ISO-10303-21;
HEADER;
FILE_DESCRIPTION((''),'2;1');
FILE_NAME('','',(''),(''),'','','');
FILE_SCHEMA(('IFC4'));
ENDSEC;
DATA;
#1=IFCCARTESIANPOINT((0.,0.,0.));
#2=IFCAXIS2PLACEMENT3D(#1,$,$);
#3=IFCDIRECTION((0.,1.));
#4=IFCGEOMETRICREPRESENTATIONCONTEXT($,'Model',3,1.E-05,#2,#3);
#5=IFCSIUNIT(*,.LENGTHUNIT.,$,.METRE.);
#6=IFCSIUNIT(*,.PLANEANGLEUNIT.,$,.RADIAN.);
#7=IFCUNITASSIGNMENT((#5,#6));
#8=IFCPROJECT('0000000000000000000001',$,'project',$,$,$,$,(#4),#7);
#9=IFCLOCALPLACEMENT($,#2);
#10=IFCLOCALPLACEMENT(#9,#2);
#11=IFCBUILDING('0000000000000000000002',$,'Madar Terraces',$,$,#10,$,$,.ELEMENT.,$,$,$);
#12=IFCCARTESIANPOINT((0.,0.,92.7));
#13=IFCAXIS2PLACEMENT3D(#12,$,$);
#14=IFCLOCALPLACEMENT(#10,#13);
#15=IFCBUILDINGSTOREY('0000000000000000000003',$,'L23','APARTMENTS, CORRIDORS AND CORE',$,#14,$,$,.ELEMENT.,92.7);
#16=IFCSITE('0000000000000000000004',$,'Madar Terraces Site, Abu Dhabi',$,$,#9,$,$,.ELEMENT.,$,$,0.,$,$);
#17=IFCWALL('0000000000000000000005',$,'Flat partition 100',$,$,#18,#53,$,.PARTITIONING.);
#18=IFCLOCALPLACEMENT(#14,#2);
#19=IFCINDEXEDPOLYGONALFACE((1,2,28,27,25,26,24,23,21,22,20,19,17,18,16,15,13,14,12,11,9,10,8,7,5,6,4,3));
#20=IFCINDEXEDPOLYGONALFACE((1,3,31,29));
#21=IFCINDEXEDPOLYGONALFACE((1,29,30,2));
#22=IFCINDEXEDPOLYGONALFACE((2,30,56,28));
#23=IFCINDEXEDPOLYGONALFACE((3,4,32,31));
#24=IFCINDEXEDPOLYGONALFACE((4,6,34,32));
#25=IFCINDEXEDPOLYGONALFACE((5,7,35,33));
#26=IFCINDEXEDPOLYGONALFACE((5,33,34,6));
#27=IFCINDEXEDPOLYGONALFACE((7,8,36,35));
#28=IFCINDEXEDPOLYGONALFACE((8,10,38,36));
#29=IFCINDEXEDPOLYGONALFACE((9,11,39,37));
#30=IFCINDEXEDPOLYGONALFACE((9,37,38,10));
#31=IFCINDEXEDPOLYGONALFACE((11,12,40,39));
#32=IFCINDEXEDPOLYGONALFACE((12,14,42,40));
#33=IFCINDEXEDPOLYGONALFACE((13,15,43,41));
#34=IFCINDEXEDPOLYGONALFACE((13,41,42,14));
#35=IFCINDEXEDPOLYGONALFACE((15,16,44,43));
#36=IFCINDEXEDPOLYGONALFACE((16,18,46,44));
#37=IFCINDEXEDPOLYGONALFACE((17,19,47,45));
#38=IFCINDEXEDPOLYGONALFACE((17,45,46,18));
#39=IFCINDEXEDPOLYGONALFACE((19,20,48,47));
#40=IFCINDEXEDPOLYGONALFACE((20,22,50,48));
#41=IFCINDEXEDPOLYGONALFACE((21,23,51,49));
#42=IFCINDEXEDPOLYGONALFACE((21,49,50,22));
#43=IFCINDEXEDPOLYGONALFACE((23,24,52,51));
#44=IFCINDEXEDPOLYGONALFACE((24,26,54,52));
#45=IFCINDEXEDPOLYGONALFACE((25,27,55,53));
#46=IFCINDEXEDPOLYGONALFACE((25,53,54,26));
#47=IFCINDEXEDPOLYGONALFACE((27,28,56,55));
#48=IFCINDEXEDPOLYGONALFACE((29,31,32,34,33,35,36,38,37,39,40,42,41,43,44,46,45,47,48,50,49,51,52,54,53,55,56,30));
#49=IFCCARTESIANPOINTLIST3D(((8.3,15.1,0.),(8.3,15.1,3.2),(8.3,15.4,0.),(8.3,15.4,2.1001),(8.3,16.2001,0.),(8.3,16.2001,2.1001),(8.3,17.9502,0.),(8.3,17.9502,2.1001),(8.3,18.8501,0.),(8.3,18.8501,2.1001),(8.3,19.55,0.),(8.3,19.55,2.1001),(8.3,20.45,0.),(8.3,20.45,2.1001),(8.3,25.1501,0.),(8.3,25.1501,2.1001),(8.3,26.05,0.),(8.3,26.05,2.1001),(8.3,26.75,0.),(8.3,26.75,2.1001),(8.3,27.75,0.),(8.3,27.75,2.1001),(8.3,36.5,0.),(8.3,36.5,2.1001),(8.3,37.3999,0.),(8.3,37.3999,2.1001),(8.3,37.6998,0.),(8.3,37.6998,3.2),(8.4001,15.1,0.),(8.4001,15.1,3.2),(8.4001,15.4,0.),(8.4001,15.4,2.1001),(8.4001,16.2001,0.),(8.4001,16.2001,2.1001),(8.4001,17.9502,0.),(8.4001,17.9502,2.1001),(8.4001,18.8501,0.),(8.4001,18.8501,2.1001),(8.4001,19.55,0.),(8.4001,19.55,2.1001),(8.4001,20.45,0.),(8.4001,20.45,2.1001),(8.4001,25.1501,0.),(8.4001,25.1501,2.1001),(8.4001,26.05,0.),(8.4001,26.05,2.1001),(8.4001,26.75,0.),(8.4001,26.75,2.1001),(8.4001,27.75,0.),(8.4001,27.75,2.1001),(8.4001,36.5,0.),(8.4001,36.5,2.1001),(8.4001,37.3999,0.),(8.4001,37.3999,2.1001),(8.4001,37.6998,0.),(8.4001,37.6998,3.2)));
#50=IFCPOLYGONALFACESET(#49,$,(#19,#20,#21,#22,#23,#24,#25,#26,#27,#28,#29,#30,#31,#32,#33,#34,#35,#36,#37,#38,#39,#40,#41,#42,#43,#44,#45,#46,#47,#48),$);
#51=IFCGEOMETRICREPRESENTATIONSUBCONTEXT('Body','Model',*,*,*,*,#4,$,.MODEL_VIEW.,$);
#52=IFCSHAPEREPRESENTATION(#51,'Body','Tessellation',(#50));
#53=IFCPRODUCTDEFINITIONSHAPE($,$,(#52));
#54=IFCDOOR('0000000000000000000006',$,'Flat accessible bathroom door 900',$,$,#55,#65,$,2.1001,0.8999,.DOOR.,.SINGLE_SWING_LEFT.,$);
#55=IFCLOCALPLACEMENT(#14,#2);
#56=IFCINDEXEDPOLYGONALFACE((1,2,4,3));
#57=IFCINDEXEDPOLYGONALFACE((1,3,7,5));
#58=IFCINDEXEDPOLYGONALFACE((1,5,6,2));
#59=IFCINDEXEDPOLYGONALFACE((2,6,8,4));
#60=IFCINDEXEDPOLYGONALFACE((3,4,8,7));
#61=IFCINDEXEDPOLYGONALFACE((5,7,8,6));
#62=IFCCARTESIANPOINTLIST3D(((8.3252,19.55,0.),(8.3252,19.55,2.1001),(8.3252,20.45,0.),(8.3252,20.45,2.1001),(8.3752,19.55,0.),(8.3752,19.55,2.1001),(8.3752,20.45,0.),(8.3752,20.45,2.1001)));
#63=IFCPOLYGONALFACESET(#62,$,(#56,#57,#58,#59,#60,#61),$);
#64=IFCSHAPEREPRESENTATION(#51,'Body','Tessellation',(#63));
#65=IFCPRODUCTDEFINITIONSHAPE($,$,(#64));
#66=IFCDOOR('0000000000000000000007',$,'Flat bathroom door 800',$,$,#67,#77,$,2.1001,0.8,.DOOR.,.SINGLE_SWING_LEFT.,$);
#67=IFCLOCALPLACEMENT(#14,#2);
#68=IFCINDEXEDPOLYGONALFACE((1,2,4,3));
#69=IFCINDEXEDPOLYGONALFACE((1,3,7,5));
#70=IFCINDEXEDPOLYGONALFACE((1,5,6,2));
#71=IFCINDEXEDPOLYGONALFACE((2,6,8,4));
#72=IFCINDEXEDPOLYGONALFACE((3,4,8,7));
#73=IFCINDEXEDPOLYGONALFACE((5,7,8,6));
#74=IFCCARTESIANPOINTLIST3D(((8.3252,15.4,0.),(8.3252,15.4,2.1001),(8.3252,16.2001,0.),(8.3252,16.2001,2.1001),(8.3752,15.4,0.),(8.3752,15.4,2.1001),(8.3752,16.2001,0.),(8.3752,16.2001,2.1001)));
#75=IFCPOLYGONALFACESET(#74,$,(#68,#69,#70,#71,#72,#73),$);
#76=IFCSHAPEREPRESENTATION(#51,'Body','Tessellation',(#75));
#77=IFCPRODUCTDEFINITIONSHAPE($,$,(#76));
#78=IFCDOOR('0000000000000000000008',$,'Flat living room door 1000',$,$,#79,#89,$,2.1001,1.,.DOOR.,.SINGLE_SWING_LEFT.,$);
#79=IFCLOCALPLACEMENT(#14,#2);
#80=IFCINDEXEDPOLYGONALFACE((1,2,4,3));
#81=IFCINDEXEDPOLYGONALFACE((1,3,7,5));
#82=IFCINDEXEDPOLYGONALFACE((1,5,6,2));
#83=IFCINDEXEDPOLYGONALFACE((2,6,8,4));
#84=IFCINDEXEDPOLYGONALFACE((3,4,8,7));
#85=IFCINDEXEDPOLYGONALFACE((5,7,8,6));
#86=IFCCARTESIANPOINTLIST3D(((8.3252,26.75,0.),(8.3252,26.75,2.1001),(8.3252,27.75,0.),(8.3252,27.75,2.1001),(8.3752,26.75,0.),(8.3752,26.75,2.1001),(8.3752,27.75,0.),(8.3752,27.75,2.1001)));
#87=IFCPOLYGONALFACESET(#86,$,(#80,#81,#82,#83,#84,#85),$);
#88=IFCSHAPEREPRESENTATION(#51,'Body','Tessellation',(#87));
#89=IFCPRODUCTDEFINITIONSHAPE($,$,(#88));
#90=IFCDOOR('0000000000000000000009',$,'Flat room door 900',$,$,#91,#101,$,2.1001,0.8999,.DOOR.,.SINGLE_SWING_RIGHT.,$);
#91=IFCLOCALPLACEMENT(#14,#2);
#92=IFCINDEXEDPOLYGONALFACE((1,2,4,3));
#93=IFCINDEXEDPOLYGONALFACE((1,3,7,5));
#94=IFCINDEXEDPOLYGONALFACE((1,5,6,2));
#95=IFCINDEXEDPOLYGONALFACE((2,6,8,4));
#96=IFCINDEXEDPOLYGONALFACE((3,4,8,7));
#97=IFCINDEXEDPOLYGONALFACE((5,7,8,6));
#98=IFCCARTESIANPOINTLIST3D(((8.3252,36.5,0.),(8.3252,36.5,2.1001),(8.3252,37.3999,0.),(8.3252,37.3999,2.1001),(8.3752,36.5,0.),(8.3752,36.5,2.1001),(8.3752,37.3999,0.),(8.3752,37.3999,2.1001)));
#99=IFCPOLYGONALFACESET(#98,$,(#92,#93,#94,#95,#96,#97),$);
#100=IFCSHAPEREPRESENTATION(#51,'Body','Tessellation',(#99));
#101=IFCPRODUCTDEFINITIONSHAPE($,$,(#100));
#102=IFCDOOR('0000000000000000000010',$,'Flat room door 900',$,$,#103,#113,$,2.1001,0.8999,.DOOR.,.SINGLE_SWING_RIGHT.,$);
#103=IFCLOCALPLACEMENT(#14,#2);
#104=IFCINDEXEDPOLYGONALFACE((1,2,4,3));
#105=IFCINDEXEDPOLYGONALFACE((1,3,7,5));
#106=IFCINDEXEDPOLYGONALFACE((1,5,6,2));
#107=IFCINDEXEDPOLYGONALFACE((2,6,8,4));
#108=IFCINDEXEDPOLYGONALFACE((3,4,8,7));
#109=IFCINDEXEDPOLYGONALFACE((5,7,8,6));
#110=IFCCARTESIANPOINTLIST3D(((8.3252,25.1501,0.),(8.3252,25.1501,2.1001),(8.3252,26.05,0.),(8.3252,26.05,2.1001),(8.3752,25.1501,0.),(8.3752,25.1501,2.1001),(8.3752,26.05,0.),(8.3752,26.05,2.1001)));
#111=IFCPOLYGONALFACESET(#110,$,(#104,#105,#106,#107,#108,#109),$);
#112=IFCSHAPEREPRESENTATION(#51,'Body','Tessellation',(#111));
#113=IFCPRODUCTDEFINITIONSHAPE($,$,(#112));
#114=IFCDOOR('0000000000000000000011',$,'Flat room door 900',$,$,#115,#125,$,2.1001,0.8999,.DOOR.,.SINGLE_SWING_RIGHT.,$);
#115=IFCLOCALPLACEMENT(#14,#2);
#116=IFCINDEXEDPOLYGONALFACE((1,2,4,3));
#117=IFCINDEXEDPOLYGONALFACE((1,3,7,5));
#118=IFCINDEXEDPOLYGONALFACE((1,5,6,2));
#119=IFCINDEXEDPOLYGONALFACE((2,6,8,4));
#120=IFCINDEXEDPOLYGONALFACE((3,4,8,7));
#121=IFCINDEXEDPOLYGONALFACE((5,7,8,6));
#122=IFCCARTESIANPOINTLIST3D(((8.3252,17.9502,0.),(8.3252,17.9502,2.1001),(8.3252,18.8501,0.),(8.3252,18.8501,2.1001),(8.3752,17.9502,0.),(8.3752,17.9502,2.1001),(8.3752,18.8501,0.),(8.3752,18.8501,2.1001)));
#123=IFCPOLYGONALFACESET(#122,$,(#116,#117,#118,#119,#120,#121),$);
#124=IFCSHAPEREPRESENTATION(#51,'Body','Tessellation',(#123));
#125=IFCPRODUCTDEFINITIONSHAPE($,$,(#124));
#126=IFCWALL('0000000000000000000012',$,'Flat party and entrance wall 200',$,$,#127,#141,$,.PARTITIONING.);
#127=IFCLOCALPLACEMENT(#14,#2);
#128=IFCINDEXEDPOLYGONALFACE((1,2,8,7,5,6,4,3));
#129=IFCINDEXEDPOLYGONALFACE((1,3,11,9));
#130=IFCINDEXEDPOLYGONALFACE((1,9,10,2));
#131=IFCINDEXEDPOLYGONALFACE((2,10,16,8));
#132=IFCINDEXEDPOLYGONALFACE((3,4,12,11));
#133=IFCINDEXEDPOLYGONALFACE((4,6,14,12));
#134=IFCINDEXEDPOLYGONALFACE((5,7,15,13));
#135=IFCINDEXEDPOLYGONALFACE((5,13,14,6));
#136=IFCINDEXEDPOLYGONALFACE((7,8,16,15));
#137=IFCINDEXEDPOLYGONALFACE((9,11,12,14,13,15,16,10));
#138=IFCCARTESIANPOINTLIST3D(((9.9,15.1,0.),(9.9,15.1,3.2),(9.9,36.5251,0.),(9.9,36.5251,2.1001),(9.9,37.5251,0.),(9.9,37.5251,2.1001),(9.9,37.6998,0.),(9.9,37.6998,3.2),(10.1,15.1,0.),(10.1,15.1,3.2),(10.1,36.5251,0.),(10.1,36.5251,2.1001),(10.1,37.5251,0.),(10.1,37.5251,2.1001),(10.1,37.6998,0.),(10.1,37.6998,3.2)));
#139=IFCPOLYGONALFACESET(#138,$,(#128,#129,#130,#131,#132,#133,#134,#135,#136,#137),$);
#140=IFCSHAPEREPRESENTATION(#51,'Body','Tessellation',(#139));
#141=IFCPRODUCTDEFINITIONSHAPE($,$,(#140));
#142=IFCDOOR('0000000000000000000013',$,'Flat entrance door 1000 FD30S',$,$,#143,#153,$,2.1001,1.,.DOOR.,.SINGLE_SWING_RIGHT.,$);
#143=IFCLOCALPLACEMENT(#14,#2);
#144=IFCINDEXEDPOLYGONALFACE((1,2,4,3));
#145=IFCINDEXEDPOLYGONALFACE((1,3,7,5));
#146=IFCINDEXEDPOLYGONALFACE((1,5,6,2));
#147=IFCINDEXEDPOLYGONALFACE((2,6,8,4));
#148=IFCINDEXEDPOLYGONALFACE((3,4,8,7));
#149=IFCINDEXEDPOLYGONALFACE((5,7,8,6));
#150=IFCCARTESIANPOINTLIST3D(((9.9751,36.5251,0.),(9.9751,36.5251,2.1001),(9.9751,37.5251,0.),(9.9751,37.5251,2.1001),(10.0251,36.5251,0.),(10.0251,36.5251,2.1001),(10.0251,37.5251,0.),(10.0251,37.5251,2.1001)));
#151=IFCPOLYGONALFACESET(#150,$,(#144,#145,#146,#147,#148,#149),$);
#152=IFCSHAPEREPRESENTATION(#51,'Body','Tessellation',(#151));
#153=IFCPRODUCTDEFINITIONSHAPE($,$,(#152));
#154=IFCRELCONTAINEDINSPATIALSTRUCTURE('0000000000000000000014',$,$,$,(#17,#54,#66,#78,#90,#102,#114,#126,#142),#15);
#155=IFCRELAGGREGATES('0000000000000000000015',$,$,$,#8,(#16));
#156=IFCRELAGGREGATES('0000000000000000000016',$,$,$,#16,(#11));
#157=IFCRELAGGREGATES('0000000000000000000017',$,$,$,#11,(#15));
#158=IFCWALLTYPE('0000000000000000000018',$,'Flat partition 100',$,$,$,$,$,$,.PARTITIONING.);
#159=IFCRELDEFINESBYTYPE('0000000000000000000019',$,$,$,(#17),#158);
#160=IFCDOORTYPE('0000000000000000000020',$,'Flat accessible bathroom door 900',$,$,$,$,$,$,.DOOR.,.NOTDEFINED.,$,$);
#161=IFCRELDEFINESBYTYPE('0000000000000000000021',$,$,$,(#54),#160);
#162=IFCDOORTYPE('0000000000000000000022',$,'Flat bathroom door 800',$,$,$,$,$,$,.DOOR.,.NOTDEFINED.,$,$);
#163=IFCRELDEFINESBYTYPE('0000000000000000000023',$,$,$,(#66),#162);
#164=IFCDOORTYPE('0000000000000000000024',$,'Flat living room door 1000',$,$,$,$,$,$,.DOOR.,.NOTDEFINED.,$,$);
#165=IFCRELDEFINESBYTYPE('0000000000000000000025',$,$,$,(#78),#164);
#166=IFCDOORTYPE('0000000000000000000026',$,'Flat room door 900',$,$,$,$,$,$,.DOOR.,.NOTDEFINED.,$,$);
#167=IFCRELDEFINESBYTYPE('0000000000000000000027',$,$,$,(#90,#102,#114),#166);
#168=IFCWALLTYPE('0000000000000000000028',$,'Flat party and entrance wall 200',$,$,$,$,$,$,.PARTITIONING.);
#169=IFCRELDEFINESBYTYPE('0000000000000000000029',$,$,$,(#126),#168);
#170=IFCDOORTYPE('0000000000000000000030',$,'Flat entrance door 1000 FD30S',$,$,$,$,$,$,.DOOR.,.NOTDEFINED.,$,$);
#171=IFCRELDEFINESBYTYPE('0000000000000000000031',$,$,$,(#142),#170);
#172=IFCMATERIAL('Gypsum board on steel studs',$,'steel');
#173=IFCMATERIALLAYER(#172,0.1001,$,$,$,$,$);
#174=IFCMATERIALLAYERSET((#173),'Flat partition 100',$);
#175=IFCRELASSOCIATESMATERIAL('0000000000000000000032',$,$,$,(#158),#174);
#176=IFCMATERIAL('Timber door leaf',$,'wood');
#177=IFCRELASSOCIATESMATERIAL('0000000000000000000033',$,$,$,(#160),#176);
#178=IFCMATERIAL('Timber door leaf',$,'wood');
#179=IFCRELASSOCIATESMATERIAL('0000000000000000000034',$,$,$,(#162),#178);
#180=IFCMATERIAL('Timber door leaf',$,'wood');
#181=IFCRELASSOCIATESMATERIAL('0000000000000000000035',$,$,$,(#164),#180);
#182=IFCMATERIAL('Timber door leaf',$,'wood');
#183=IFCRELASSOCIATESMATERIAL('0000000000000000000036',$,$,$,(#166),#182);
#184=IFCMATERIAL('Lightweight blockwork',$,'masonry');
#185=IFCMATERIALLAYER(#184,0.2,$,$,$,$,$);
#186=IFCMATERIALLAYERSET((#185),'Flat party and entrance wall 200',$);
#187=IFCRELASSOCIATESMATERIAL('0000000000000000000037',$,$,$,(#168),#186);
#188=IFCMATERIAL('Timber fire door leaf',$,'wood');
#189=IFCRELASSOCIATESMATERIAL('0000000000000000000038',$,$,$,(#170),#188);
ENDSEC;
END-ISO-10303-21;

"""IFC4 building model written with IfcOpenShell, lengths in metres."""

from ifc_helpers import new_model, si_unit, direction, frame, frame_2d, origin, place, context, subcontext, project, spatial, rectangle, extrude, material, layer, layer_set, type_object, element, fill, save


model = new_model("IFC4")

# Units and contexts
model_context = context("Model", 3, precision=1e-05, world=origin(), true_north=direction((0.0, 1.0)))
body_context = subcontext(model_context, "Body", "Model", "MODEL_VIEW")
ifc_project = project(units=[si_unit("LENGTHUNIT", "METRE"), si_unit("PLANEANGLEUNIT", "RADIAN")], contexts=[model_context])

# Site, building, storey
site_placement = place(None, origin())
site = spatial("IfcSite", under=ifc_project, at=site_placement, Name="Madar Terraces Site, Abu Dhabi", CompositionType="ELEMENT", RefElevation=0.0)
building_placement = place(site_placement, origin())
building = spatial("IfcBuilding", under=site, at=building_placement, Name="Madar Terraces", CompositionType="ELEMENT")
storey_placement = place(building_placement, frame((0.0, 0.0, 92.7)))
storey = spatial("IfcBuildingStorey", under=building, at=storey_placement, Name="L23", Description="APARTMENTS, CORRIDORS AND CORE", CompositionType="ELEMENT", Elevation=92.7)

# Wall, openings, doors
ifc_material_1 = material(Name="Gypsum board on steel studs", Category="steel")
ifc_layer_1 = layer(ifc_material_1, 0.1001)
ifc_layer_set_1 = layer_set([ifc_layer_1], Name="Flat partition 100")
wall_type_1 = type_object("IfcWallType", Name="Flat partition 100", PredefinedType="PARTITIONING", material=ifc_layer_set_1)
wall_1_placement = place(storey_placement, frame((8.3501, 15.1001, 0.0), z_axis=(0.0, 0.0, 1.0), x_axis=(0.0, 1.0, 0.0)))
wall_1 = element("IfcWall", 1, at=wall_1_placement, inside=storey, type_object=wall_type_1, Name="Flat partition 100", PredefinedType="PARTITIONING", context=body_context, shape_type="SweptSolid", body=[
    extrude(rectangle(XDim=22.5999, YDim=0.1001, at=frame_2d((11.2998, 0.0))), origin(), (0.0, 0.0, 1.0), 3.2),
])
opening_1_placement = place(wall_1_placement, frame((21.3999, 0.0, 0.0)))
opening_1 = element("IfcOpeningElement", 2, at=opening_1_placement, cuts=wall_1, PredefinedType="OPENING", context=body_context, shape_type="SweptSolid", body=[
    extrude(rectangle(XDim=0.8999, YDim=2.1001, at=frame_2d((0.45, 1.05))), frame((0.0, 0.0601, 0.0), z_axis=(0.0, -1.0, 0.0), x_axis=(1.0, 0.0, 0.0)), (0.0, 0.0, 1.0), 0.1201),
])
opening_2_placement = place(wall_1_placement, frame((11.6499, 0.0, 0.0)))
opening_2 = element("IfcOpeningElement", 3, at=opening_2_placement, cuts=wall_1, PredefinedType="OPENING", context=body_context, shape_type="SweptSolid", body=[
    extrude(rectangle(XDim=1.0, YDim=2.1001, at=frame_2d((0.5, 1.05))), frame((0.0, 0.0601, 0.0), z_axis=(0.0, -1.0, 0.0), x_axis=(1.0, 0.0, 0.0)), (0.0, 0.0, 1.0), 0.1201),
])
opening_3_placement = place(wall_1_placement, frame((10.05, 0.0, 0.0)))
opening_3 = element("IfcOpeningElement", 4, at=opening_3_placement, cuts=wall_1, PredefinedType="OPENING", context=body_context, shape_type="SweptSolid", body=[
    extrude(rectangle(XDim=0.8999, YDim=2.1001, at=frame_2d((0.45, 1.05))), frame((0.0, 0.0601, 0.0), z_axis=(0.0, -1.0, 0.0), x_axis=(1.0, 0.0, 0.0)), (0.0, 0.0, 1.0), 0.1201),
])
opening_4_placement = place(wall_1_placement, frame((4.45, 0.0, 0.0)))
opening_4 = element("IfcOpeningElement", 5, at=opening_4_placement, cuts=wall_1, PredefinedType="OPENING", context=body_context, shape_type="SweptSolid", body=[
    extrude(rectangle(XDim=0.8999, YDim=2.1001, at=frame_2d((0.45, 1.05))), frame((0.0, 0.0601, 0.0), z_axis=(0.0, -1.0, 0.0), x_axis=(1.0, 0.0, 0.0)), (0.0, 0.0, 1.0), 0.1201),
])
opening_5_placement = place(wall_1_placement, frame((2.8501, 0.0, 0.0)))
opening_5 = element("IfcOpeningElement", 6, at=opening_5_placement, cuts=wall_1, PredefinedType="OPENING", context=body_context, shape_type="SweptSolid", body=[
    extrude(rectangle(XDim=0.8999, YDim=2.1001, at=frame_2d((0.45, 1.05))), frame((0.0, 0.0601, 0.0), z_axis=(0.0, -1.0, 0.0), x_axis=(1.0, 0.0, 0.0)), (0.0, 0.0, 1.0), 0.1201),
])
opening_6_placement = place(wall_1_placement, frame((0.3, 0.0, 0.0)))
opening_6 = element("IfcOpeningElement", 7, at=opening_6_placement, cuts=wall_1, PredefinedType="OPENING", context=body_context, shape_type="SweptSolid", body=[
    extrude(rectangle(XDim=0.8, YDim=2.1001, at=frame_2d((0.3999, 1.05))), frame((0.0, 0.0601, 0.0), z_axis=(0.0, -1.0, 0.0), x_axis=(1.0, 0.0, 0.0)), (0.0, 0.0, 1.0), 0.1201),
])
ifc_material_2 = material(Name="Timber door leaf", Category="wood")
door_type_1 = type_object("IfcDoorType", Name="Flat accessible bathroom door 900", OperationType="NOTDEFINED", PredefinedType="DOOR", material=ifc_material_2)
door_1_placement = place(opening_4_placement, origin())
door_1 = element("IfcDoor", 8, at=door_1_placement, inside=storey, type_object=door_type_1, Name="Flat accessible bathroom door 900", OperationType="SINGLE_SWING_LEFT", OverallHeight=2.1001, OverallWidth=0.8999, PredefinedType="DOOR", context=body_context, shape_type="SweptSolid", body=[
    extrude(rectangle(XDim=0.8999, YDim=2.1001, at=frame_2d((0.45, 1.05))), frame((0.0, 0.0249, 0.0), z_axis=(0.0, -1.0, 0.0), x_axis=(1.0, 0.0, 0.0)), (0.0, 0.0, 1.0), 0.05),
])
fill(opening_4, door_1)
ifc_material_3 = material(Name="Timber door leaf", Category="wood")
door_type_2 = type_object("IfcDoorType", Name="Flat bathroom door 800", OperationType="NOTDEFINED", PredefinedType="DOOR", material=ifc_material_3)
door_2_placement = place(opening_6_placement, origin())
door_2 = element("IfcDoor", 9, at=door_2_placement, inside=storey, type_object=door_type_2, Name="Flat bathroom door 800", OperationType="SINGLE_SWING_LEFT", OverallHeight=2.1001, OverallWidth=0.8, PredefinedType="DOOR", context=body_context, shape_type="SweptSolid", body=[
    extrude(rectangle(XDim=0.8, YDim=2.1001, at=frame_2d((0.3999, 1.05))), frame((0.0, 0.0249, 0.0), z_axis=(0.0, -1.0, 0.0), x_axis=(1.0, 0.0, 0.0)), (0.0, 0.0, 1.0), 0.05),
])
fill(opening_6, door_2)
ifc_material_4 = material(Name="Timber door leaf", Category="wood")
door_type_3 = type_object("IfcDoorType", Name="Flat living room door 1000", OperationType="NOTDEFINED", PredefinedType="DOOR", material=ifc_material_4)
door_3_placement = place(opening_2_placement, origin())
door_3 = element("IfcDoor", 10, at=door_3_placement, inside=storey, type_object=door_type_3, Name="Flat living room door 1000", OperationType="SINGLE_SWING_LEFT", OverallHeight=2.1001, OverallWidth=1.0, PredefinedType="DOOR", context=body_context, shape_type="SweptSolid", body=[
    extrude(rectangle(XDim=1.0, YDim=2.1001, at=frame_2d((0.5, 1.05))), frame((0.0, 0.0249, 0.0), z_axis=(0.0, -1.0, 0.0), x_axis=(1.0, 0.0, 0.0)), (0.0, 0.0, 1.0), 0.05),
])
fill(opening_2, door_3)
ifc_material_5 = material(Name="Timber door leaf", Category="wood")
door_type_4 = type_object("IfcDoorType", Name="Flat room door 900", OperationType="NOTDEFINED", PredefinedType="DOOR", material=ifc_material_5)
door_4_placement = place(opening_1_placement, origin())
door_4 = element("IfcDoor", 11, at=door_4_placement, inside=storey, type_object=door_type_4, Name="Flat room door 900", OperationType="SINGLE_SWING_RIGHT", OverallHeight=2.1001, OverallWidth=0.8999, PredefinedType="DOOR", context=body_context, shape_type="SweptSolid", body=[
    extrude(rectangle(XDim=0.8999, YDim=2.1001, at=frame_2d((0.45, 1.05))), frame((0.0, 0.0249, 0.0), z_axis=(0.0, -1.0, 0.0), x_axis=(1.0, 0.0, 0.0)), (0.0, 0.0, 1.0), 0.05),
])
fill(opening_1, door_4)
door_5_placement = place(opening_3_placement, origin())
door_5 = element("IfcDoor", 12, at=door_5_placement, inside=storey, type_object=door_type_4, Name="Flat room door 900", OperationType="SINGLE_SWING_RIGHT", OverallHeight=2.1001, OverallWidth=0.8999, PredefinedType="DOOR", context=body_context, shape_type="SweptSolid", body=[
    extrude(rectangle(XDim=0.8999, YDim=2.1001, at=frame_2d((0.45, 1.05))), frame((0.0, 0.0249, 0.0), z_axis=(0.0, -1.0, 0.0), x_axis=(1.0, 0.0, 0.0)), (0.0, 0.0, 1.0), 0.05),
])
fill(opening_3, door_5)
door_6_placement = place(opening_5_placement, origin())
door_6 = element("IfcDoor", 13, at=door_6_placement, inside=storey, type_object=door_type_4, Name="Flat room door 900", OperationType="SINGLE_SWING_RIGHT", OverallHeight=2.1001, OverallWidth=0.8999, PredefinedType="DOOR", context=body_context, shape_type="SweptSolid", body=[
    extrude(rectangle(XDim=0.8999, YDim=2.1001, at=frame_2d((0.45, 1.05))), frame((0.0, 0.0249, 0.0), z_axis=(0.0, -1.0, 0.0), x_axis=(1.0, 0.0, 0.0)), (0.0, 0.0, 1.0), 0.05),
])
fill(opening_5, door_6)

# Wall, opening, door
ifc_material_6 = material(Name="Lightweight blockwork", Category="masonry")
ifc_layer_2 = layer(ifc_material_6, 0.2)
ifc_layer_set_2 = layer_set([ifc_layer_2], Name="Flat party and entrance wall 200")
wall_type_2 = type_object("IfcWallType", Name="Flat party and entrance wall 200", PredefinedType="PARTITIONING", material=ifc_layer_set_2)
wall_2_placement = place(storey_placement, frame((10.0, 15.1001, 0.0), z_axis=(0.0, 0.0, 1.0), x_axis=(0.0, 1.0, 0.0)))
wall_2 = element("IfcWall", 14, at=wall_2_placement, inside=storey, type_object=wall_type_2, Name="Flat party and entrance wall 200", PredefinedType="PARTITIONING", context=body_context, shape_type="SweptSolid", body=[
    extrude(rectangle(XDim=22.5999, YDim=0.2, at=frame_2d((11.2998, 0.0))), origin(), (0.0, 0.0, 1.0), 3.2),
])
opening_7_placement = place(wall_2_placement, frame((21.425, 0.0, 0.0)))
opening_7 = element("IfcOpeningElement", 15, at=opening_7_placement, cuts=wall_2, PredefinedType="OPENING", context=body_context, shape_type="SweptSolid", body=[
    extrude(rectangle(XDim=1.0, YDim=2.1001, at=frame_2d((0.5, 1.05))), frame((0.0, 0.1099, 0.0), z_axis=(0.0, -1.0, 0.0), x_axis=(1.0, 0.0, 0.0)), (0.0, 0.0, 1.0), 0.22),
])
ifc_material_7 = material(Name="Timber fire door leaf", Category="wood")
door_type_5 = type_object("IfcDoorType", Name="Flat entrance door 1000 FD30S", OperationType="NOTDEFINED", PredefinedType="DOOR", material=ifc_material_7)
door_7_placement = place(opening_7_placement, origin())
door_7 = element("IfcDoor", 16, at=door_7_placement, inside=storey, type_object=door_type_5, Name="Flat entrance door 1000 FD30S", OperationType="SINGLE_SWING_RIGHT", OverallHeight=2.1001, OverallWidth=1.0, PredefinedType="DOOR", context=body_context, shape_type="SweptSolid", body=[
    extrude(rectangle(XDim=1.0, YDim=2.1001, at=frame_2d((0.5, 1.05))), frame((0.0, 0.0249, 0.0), z_axis=(0.0, -1.0, 0.0), x_axis=(1.0, 0.0, 0.0)), (0.0, 0.0, 1.0), 0.05),
])
fill(opening_7, door_7)

save(model, "model.ifc")
